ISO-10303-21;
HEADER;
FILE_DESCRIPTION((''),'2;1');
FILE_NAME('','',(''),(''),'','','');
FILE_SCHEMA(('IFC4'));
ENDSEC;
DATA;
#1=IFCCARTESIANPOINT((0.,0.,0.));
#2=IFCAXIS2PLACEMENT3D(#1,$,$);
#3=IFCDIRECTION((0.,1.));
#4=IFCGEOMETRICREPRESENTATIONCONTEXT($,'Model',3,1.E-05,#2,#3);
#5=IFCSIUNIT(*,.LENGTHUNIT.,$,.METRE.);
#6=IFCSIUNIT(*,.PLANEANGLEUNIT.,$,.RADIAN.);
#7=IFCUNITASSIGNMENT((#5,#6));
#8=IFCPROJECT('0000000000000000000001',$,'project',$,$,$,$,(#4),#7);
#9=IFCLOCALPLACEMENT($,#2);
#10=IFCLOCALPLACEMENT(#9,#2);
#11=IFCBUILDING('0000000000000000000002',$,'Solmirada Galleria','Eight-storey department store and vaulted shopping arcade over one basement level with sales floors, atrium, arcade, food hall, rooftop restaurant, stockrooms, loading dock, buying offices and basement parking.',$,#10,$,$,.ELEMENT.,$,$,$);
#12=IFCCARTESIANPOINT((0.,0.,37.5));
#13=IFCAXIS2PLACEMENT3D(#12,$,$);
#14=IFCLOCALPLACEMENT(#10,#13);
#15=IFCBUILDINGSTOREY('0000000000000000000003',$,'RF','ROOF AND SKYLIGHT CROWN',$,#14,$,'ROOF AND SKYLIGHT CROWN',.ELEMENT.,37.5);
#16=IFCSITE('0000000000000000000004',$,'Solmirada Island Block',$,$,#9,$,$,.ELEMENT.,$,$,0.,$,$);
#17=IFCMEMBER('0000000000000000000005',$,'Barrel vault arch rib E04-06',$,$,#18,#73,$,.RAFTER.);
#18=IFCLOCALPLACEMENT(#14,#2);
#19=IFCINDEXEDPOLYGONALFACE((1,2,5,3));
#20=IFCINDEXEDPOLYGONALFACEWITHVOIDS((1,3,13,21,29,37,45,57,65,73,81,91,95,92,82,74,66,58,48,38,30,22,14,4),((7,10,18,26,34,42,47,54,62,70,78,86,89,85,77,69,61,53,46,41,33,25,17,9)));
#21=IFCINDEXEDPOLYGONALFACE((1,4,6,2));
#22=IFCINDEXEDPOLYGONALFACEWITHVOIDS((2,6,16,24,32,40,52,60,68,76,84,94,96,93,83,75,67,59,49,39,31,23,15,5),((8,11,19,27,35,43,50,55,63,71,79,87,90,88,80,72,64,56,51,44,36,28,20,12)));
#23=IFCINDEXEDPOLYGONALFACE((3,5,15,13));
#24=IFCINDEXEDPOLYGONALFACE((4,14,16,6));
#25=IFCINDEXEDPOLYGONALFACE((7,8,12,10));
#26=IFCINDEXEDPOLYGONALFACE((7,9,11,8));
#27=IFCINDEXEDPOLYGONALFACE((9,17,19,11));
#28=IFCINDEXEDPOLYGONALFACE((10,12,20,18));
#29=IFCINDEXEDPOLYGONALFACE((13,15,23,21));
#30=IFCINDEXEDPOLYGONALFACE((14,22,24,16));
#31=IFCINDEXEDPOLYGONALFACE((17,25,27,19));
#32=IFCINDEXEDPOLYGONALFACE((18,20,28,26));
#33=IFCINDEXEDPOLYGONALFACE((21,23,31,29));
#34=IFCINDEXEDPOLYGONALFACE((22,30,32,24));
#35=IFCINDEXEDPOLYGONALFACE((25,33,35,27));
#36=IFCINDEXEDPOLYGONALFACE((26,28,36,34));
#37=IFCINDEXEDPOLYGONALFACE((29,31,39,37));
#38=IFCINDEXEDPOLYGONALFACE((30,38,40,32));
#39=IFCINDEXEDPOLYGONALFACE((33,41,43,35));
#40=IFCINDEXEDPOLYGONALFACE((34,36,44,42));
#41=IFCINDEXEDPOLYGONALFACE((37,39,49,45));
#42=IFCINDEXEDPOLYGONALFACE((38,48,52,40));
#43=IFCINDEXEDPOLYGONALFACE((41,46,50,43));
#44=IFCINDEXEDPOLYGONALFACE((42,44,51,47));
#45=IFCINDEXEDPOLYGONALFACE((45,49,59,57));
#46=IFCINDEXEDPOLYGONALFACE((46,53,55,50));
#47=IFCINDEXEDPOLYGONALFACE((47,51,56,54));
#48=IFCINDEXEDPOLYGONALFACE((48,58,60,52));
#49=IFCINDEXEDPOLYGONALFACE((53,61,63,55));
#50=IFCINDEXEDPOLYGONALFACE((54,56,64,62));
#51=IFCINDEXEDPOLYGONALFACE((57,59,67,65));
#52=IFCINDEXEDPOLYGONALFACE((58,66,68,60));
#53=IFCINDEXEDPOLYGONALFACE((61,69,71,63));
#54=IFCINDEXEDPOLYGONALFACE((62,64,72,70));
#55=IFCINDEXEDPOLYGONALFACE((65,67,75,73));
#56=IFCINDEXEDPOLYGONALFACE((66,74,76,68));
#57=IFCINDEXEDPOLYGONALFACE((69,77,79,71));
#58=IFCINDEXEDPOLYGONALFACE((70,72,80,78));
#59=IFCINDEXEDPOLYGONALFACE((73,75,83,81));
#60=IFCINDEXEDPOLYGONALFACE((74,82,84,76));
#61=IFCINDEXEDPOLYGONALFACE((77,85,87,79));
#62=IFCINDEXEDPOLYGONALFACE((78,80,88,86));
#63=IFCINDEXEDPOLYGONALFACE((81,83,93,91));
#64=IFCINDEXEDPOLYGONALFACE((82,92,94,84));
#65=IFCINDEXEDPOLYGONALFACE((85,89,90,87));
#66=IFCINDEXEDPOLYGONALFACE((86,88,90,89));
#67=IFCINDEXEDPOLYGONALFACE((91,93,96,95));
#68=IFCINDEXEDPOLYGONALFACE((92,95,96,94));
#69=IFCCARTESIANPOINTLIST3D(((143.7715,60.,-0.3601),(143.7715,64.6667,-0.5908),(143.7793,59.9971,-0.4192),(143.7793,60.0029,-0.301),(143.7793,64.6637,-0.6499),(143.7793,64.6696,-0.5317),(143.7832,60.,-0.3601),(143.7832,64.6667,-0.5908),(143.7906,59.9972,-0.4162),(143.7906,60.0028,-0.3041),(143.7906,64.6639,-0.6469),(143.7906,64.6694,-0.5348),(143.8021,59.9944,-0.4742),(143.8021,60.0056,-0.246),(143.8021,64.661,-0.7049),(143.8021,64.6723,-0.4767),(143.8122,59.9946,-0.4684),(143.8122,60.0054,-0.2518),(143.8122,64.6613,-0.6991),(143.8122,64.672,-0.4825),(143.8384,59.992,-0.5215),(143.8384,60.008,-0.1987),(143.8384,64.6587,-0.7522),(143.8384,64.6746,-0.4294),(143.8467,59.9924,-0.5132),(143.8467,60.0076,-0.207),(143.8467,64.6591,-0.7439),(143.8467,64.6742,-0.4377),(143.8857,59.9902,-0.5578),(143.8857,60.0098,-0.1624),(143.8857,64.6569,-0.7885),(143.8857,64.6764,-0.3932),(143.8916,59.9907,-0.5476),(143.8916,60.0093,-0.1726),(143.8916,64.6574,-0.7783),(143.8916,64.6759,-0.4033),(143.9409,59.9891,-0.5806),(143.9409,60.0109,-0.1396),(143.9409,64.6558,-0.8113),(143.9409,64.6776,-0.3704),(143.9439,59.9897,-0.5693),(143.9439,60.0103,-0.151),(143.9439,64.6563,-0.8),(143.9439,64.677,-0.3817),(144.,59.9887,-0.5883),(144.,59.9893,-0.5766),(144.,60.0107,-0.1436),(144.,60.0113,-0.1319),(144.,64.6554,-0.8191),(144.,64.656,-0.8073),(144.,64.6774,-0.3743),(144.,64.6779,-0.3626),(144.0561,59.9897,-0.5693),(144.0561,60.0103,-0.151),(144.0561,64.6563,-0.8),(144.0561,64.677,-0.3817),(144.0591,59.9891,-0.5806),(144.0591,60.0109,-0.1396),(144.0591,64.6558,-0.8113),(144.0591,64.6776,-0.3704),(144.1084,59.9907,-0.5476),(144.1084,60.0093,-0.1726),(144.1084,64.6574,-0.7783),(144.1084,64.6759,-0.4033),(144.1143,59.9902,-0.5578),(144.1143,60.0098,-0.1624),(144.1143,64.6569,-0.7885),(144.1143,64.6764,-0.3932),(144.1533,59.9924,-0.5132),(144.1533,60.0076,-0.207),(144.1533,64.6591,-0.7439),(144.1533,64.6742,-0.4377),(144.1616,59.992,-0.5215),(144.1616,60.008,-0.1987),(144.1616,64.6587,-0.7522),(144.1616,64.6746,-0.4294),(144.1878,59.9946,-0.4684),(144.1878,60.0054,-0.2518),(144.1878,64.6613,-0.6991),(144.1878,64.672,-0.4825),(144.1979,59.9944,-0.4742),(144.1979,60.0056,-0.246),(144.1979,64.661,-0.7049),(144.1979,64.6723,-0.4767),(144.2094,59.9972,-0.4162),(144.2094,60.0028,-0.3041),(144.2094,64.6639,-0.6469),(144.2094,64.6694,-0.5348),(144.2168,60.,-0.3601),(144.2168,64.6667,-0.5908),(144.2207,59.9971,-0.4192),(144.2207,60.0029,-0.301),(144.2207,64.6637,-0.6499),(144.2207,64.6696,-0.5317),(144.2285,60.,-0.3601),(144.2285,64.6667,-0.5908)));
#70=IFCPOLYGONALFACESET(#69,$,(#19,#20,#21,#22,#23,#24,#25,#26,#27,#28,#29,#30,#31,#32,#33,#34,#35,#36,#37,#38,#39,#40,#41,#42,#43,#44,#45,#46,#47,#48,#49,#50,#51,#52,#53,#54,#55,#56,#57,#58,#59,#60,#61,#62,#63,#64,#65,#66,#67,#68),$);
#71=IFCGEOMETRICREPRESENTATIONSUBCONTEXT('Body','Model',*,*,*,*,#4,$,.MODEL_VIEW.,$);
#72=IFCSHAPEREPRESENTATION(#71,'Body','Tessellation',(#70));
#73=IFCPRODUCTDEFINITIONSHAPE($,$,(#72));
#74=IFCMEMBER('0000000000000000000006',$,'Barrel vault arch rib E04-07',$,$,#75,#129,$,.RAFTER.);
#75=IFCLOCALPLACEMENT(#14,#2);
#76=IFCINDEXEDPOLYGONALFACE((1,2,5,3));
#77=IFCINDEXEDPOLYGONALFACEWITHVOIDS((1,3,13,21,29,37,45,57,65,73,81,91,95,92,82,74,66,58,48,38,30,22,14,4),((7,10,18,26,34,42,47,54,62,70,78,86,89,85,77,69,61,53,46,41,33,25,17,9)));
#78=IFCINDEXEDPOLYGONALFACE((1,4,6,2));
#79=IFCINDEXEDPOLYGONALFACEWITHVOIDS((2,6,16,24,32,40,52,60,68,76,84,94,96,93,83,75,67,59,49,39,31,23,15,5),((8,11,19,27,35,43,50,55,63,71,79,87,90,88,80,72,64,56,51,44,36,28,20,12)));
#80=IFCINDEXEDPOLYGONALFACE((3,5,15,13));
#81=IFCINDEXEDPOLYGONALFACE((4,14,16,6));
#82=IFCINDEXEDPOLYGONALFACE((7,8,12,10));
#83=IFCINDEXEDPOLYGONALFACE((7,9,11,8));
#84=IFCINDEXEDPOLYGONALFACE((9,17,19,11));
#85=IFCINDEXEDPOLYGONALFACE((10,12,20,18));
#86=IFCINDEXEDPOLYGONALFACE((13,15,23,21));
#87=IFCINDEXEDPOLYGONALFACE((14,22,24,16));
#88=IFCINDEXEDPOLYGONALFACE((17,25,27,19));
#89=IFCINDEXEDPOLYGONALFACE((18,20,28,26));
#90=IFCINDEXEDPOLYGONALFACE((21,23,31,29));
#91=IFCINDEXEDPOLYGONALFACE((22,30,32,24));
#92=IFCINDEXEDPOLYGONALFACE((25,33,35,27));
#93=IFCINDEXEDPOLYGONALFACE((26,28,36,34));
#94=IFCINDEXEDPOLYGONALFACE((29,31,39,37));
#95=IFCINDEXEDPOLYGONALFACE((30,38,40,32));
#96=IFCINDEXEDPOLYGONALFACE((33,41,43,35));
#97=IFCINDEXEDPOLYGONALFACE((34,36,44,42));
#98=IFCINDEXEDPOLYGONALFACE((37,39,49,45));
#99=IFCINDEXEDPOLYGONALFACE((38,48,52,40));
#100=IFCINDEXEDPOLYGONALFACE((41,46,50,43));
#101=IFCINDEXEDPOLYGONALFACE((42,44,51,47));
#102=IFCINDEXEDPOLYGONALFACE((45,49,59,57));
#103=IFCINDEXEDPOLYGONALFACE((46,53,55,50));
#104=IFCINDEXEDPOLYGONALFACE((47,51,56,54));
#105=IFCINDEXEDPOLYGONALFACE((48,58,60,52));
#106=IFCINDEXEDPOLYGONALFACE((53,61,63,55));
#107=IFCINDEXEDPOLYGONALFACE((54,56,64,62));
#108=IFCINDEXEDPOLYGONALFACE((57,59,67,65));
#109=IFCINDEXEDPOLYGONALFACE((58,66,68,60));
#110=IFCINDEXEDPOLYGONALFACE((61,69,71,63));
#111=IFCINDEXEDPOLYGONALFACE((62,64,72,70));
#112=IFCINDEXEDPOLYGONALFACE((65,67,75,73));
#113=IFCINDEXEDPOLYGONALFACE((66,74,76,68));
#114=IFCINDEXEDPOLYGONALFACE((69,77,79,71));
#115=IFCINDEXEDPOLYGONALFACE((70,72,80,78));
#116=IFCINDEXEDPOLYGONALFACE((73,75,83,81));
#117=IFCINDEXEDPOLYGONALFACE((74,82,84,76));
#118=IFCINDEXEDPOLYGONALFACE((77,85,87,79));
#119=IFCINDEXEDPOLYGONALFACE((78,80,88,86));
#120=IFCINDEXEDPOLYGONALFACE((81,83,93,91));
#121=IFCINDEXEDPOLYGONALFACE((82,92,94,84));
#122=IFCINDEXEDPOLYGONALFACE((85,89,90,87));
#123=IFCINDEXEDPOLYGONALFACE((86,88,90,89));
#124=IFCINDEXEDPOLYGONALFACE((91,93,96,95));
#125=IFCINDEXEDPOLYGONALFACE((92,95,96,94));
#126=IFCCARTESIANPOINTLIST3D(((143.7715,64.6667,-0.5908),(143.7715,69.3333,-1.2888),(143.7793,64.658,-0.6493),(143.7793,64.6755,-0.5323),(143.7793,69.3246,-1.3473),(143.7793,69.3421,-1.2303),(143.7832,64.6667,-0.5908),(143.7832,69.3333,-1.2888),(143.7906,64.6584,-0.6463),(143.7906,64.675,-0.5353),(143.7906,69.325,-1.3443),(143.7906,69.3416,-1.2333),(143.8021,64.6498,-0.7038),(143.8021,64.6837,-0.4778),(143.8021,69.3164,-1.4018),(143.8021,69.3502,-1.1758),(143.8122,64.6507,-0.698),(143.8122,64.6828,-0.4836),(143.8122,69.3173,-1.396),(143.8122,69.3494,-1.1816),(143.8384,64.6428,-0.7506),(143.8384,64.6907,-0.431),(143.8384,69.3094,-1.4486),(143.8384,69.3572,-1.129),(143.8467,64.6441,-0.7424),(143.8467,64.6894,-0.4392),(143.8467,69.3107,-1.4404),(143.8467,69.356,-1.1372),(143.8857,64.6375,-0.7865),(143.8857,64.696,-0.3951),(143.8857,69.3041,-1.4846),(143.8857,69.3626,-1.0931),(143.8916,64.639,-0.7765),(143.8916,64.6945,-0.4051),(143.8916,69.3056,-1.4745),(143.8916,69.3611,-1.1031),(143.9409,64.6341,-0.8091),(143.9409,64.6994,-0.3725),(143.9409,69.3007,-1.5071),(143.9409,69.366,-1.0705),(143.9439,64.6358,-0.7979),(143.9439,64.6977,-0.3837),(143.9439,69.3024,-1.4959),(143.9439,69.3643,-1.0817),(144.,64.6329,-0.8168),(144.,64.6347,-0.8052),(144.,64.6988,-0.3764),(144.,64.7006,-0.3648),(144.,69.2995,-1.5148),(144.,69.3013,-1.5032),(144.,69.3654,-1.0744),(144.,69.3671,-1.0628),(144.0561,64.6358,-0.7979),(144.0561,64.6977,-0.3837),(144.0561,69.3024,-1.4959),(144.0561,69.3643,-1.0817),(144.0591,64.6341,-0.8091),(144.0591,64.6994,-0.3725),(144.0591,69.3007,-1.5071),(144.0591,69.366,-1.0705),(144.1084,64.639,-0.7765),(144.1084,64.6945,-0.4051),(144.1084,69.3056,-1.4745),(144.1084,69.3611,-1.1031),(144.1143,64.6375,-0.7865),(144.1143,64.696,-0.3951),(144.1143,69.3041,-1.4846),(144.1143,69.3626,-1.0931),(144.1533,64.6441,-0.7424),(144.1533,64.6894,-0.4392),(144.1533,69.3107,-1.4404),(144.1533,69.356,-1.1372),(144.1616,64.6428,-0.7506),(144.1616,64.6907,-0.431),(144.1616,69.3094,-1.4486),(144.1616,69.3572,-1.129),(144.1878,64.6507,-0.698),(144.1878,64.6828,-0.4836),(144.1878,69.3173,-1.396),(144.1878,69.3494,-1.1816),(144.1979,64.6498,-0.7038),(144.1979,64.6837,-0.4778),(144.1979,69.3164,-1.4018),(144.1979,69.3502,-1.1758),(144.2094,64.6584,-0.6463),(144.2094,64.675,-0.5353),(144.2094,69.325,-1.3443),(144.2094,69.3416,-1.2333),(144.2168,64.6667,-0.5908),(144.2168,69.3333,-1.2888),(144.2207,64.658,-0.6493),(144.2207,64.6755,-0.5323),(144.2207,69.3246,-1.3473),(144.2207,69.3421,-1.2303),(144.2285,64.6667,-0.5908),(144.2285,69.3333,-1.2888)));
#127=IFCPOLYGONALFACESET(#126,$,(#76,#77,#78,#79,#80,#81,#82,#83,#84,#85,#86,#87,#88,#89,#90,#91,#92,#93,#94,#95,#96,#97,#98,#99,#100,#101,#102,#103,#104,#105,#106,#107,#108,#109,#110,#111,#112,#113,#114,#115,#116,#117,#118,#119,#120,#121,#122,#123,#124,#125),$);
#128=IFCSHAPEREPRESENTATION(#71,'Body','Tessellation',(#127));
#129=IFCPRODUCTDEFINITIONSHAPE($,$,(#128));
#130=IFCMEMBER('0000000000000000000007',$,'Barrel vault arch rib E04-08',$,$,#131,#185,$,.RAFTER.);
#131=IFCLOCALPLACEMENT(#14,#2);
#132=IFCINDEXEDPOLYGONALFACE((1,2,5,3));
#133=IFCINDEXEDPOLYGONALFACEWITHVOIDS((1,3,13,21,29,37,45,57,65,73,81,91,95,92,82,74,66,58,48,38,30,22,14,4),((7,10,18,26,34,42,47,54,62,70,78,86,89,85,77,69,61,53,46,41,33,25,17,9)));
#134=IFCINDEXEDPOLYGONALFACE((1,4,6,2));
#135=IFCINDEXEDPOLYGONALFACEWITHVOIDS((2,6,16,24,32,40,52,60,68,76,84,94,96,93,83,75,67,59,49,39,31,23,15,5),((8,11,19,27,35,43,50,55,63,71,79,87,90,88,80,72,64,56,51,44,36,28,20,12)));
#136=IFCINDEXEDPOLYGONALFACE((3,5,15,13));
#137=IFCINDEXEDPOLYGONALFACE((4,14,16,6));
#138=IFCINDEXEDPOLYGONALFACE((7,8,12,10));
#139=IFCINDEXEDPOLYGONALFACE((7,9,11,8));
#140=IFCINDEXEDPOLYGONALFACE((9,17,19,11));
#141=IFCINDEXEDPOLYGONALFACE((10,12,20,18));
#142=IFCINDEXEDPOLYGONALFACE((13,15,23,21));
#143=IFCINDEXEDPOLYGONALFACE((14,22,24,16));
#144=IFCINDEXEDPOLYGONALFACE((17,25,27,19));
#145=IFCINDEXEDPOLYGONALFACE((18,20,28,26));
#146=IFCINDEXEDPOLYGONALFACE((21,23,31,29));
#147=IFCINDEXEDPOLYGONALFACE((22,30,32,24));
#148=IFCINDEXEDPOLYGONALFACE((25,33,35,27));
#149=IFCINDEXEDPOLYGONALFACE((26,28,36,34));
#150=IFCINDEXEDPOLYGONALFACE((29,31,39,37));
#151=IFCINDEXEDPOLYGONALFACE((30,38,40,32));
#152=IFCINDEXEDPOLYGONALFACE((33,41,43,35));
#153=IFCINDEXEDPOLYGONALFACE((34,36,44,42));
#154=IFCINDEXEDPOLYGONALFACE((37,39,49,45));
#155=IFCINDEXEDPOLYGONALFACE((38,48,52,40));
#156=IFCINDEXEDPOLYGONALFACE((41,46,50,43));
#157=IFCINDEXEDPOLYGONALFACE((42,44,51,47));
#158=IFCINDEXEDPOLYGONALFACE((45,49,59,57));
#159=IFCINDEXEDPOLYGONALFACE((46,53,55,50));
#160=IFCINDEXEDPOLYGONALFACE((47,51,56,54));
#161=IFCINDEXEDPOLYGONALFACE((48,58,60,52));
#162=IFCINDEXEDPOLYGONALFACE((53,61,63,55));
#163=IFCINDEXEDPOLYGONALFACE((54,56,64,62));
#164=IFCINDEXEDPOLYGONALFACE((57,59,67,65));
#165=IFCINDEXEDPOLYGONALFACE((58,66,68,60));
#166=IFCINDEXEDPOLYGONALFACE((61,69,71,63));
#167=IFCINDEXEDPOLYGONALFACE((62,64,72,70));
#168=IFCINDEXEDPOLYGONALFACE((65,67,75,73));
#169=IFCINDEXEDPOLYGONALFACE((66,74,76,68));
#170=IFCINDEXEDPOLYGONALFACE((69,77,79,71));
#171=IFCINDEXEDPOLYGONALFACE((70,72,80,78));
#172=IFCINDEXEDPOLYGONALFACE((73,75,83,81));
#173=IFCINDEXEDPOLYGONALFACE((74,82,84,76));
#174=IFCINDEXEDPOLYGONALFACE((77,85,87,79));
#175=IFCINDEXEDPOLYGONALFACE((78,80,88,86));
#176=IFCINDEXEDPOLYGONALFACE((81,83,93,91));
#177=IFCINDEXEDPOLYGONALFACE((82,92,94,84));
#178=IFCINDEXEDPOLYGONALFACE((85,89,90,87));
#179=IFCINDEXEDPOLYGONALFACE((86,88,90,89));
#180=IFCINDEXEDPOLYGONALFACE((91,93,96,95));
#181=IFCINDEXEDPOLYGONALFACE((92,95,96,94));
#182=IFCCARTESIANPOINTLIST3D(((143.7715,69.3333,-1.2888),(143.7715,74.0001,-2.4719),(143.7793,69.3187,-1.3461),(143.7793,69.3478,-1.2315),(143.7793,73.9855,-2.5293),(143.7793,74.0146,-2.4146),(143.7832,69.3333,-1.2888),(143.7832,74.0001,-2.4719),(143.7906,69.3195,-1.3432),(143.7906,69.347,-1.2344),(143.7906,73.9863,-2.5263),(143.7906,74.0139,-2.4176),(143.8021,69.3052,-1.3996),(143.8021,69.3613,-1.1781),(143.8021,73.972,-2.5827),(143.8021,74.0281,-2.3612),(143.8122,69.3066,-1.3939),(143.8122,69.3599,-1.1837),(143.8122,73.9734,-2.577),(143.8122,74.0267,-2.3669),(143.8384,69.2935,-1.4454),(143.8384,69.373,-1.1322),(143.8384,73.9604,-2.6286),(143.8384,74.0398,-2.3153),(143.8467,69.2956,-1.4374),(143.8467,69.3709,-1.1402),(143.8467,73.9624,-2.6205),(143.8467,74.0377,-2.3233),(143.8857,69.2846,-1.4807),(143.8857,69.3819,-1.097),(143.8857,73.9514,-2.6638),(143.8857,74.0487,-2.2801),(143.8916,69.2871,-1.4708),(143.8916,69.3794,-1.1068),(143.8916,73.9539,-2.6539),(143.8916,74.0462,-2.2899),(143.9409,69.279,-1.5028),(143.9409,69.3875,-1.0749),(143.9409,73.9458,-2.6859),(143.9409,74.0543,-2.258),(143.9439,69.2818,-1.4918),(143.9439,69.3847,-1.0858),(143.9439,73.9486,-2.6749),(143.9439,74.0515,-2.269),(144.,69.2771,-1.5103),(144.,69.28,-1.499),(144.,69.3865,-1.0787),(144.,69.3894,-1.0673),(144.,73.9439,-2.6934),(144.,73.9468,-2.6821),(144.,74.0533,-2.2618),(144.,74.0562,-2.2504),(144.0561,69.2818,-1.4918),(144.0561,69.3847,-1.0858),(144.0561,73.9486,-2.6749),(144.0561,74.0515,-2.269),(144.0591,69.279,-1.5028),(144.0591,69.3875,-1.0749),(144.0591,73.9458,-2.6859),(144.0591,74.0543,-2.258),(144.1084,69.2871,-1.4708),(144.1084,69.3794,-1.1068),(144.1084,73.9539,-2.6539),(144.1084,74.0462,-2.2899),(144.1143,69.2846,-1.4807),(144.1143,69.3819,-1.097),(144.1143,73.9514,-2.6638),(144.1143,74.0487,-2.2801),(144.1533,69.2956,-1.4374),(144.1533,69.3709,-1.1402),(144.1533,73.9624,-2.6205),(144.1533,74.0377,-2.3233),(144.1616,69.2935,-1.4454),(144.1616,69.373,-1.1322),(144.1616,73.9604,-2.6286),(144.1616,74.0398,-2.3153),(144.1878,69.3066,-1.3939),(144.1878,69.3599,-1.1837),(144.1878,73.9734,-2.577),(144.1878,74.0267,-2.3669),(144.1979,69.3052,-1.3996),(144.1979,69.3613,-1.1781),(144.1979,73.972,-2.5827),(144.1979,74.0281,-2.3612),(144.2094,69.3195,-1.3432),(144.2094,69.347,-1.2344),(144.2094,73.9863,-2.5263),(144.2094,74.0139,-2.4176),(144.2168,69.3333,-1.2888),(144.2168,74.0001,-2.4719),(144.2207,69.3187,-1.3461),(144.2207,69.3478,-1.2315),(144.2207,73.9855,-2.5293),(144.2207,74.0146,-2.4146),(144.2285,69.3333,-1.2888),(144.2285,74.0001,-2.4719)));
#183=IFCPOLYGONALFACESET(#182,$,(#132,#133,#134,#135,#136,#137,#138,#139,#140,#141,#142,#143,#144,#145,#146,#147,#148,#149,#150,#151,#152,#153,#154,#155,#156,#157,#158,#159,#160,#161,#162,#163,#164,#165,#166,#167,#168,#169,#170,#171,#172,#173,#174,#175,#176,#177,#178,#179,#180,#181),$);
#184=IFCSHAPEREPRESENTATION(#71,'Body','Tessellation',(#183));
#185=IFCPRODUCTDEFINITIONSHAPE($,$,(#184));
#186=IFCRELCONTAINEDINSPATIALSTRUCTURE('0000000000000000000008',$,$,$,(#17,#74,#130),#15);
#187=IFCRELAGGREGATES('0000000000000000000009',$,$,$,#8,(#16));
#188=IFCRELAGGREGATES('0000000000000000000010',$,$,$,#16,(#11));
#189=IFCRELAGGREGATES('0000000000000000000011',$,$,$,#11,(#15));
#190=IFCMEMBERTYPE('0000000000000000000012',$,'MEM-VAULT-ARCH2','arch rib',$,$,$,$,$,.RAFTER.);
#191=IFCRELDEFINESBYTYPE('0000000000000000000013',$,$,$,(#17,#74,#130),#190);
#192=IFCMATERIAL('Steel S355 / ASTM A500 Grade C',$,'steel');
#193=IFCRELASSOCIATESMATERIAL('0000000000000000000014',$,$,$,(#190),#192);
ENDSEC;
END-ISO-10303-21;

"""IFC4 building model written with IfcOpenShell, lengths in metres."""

from ifc_helpers import new_model, si_unit, direction, frame, origin, origin_2d, place, context, subcontext, project, spatial, hollow_circle, extrude, material, material_profile, profile_set, type_object, element, save


model = new_model("IFC4")

# Units and contexts
model_context = context("Model", 3, precision=1e-05, world=origin(), true_north=direction((0.0, 1.0)))
body_context = subcontext(model_context, "Body", "Model", "MODEL_VIEW")
ifc_project = project(units=[si_unit("LENGTHUNIT", "METRE"), si_unit("PLANEANGLEUNIT", "RADIAN")], contexts=[model_context])

# Site, building, storey
site_placement = place(None, origin())
site = spatial("IfcSite", under=ifc_project, at=site_placement, Name="Solmirada Island Block", CompositionType="ELEMENT", RefElevation=0.0)
building_placement = place(site_placement, origin())
building = spatial("IfcBuilding", under=site, at=building_placement, Name="Solmirada Galleria", Description="Eight-storey department store and vaulted shopping arcade over one basement level with sales floors, atrium, arcade, food hall, rooftop restaurant, stockrooms, loading dock, buying offices and basement parking.", CompositionType="ELEMENT")
storey_placement = place(building_placement, frame((0.0, 0.0, 37.5)))
storey = spatial("IfcBuildingStorey", under=building, at=storey_placement, Name="RF", Description="ROOF AND SKYLIGHT CROWN", LongName="ROOF AND SKYLIGHT CROWN", CompositionType="ELEMENT", Elevation=37.5)

# Members
ifc_material_1 = material(Name="Steel S355 / ASTM A500 Grade C", Category="steel")
ifc_material_profile_1 = material_profile(ifc_material_1, hollow_circle(Radius=0.2285, WallThickness=0.0117, at=origin_2d()), Name="HSS18.000X0.500")
ifc_profile_set_1 = profile_set([ifc_material_profile_1], Name="Steel S355 / ASTM A500 Grade C")
member_type_1 = type_object("IfcMemberType", Name="MEM-VAULT-ARCH2", Description="arch rib", PredefinedType="RAFTER", material=ifc_profile_set_1)
member_1_placement = place(storey_placement, frame((144.0, 60.0, -0.3601), z_axis=(0.0, 0.99878, -0.049377), x_axis=(-1.0, 0.0, 0.0)))
element("IfcMember", 1, at=member_1_placement, inside=storey, type_object=member_type_1, Name="Barrel vault arch rib E04-06", PredefinedType="RAFTER", context=body_context, shape_type="SweptSolid", body=[
    extrude(hollow_circle(Radius=0.2285, WallThickness=0.0117, at=origin_2d()), origin(), (0.0, 0.0, 1.0), 4.6724),
])
member_2_placement = place(storey_placement, frame((144.0, 64.6667, -0.5908), z_axis=(0.0, 0.988998, -0.147931), x_axis=(-1.0, 0.0, 0.0)))
element("IfcMember", 2, at=member_2_placement, inside=storey, type_object=member_type_1, Name="Barrel vault arch rib E04-07", PredefinedType="RAFTER", context=body_context, shape_type="SweptSolid", body=[
    extrude(hollow_circle(Radius=0.2285, WallThickness=0.0117, at=origin_2d()), origin(), (0.0, 0.0, 1.0), 4.7185),
])
member_3_placement = place(storey_placement, frame((144.0, 69.3333, -1.2888), z_axis=(0.0, 0.969335, -0.245744), x_axis=(-1.0, 0.0, 0.0)))
element("IfcMember", 3, at=member_3_placement, inside=storey, type_object=member_type_1, Name="Barrel vault arch rib E04-08", PredefinedType="RAFTER", context=body_context, shape_type="SweptSolid", body=[
    extrude(hollow_circle(Radius=0.2285, WallThickness=0.0117, at=origin_2d()), origin(), (0.0, 0.0, 1.0), 4.8145),
])

save(model, "model.ifc")
